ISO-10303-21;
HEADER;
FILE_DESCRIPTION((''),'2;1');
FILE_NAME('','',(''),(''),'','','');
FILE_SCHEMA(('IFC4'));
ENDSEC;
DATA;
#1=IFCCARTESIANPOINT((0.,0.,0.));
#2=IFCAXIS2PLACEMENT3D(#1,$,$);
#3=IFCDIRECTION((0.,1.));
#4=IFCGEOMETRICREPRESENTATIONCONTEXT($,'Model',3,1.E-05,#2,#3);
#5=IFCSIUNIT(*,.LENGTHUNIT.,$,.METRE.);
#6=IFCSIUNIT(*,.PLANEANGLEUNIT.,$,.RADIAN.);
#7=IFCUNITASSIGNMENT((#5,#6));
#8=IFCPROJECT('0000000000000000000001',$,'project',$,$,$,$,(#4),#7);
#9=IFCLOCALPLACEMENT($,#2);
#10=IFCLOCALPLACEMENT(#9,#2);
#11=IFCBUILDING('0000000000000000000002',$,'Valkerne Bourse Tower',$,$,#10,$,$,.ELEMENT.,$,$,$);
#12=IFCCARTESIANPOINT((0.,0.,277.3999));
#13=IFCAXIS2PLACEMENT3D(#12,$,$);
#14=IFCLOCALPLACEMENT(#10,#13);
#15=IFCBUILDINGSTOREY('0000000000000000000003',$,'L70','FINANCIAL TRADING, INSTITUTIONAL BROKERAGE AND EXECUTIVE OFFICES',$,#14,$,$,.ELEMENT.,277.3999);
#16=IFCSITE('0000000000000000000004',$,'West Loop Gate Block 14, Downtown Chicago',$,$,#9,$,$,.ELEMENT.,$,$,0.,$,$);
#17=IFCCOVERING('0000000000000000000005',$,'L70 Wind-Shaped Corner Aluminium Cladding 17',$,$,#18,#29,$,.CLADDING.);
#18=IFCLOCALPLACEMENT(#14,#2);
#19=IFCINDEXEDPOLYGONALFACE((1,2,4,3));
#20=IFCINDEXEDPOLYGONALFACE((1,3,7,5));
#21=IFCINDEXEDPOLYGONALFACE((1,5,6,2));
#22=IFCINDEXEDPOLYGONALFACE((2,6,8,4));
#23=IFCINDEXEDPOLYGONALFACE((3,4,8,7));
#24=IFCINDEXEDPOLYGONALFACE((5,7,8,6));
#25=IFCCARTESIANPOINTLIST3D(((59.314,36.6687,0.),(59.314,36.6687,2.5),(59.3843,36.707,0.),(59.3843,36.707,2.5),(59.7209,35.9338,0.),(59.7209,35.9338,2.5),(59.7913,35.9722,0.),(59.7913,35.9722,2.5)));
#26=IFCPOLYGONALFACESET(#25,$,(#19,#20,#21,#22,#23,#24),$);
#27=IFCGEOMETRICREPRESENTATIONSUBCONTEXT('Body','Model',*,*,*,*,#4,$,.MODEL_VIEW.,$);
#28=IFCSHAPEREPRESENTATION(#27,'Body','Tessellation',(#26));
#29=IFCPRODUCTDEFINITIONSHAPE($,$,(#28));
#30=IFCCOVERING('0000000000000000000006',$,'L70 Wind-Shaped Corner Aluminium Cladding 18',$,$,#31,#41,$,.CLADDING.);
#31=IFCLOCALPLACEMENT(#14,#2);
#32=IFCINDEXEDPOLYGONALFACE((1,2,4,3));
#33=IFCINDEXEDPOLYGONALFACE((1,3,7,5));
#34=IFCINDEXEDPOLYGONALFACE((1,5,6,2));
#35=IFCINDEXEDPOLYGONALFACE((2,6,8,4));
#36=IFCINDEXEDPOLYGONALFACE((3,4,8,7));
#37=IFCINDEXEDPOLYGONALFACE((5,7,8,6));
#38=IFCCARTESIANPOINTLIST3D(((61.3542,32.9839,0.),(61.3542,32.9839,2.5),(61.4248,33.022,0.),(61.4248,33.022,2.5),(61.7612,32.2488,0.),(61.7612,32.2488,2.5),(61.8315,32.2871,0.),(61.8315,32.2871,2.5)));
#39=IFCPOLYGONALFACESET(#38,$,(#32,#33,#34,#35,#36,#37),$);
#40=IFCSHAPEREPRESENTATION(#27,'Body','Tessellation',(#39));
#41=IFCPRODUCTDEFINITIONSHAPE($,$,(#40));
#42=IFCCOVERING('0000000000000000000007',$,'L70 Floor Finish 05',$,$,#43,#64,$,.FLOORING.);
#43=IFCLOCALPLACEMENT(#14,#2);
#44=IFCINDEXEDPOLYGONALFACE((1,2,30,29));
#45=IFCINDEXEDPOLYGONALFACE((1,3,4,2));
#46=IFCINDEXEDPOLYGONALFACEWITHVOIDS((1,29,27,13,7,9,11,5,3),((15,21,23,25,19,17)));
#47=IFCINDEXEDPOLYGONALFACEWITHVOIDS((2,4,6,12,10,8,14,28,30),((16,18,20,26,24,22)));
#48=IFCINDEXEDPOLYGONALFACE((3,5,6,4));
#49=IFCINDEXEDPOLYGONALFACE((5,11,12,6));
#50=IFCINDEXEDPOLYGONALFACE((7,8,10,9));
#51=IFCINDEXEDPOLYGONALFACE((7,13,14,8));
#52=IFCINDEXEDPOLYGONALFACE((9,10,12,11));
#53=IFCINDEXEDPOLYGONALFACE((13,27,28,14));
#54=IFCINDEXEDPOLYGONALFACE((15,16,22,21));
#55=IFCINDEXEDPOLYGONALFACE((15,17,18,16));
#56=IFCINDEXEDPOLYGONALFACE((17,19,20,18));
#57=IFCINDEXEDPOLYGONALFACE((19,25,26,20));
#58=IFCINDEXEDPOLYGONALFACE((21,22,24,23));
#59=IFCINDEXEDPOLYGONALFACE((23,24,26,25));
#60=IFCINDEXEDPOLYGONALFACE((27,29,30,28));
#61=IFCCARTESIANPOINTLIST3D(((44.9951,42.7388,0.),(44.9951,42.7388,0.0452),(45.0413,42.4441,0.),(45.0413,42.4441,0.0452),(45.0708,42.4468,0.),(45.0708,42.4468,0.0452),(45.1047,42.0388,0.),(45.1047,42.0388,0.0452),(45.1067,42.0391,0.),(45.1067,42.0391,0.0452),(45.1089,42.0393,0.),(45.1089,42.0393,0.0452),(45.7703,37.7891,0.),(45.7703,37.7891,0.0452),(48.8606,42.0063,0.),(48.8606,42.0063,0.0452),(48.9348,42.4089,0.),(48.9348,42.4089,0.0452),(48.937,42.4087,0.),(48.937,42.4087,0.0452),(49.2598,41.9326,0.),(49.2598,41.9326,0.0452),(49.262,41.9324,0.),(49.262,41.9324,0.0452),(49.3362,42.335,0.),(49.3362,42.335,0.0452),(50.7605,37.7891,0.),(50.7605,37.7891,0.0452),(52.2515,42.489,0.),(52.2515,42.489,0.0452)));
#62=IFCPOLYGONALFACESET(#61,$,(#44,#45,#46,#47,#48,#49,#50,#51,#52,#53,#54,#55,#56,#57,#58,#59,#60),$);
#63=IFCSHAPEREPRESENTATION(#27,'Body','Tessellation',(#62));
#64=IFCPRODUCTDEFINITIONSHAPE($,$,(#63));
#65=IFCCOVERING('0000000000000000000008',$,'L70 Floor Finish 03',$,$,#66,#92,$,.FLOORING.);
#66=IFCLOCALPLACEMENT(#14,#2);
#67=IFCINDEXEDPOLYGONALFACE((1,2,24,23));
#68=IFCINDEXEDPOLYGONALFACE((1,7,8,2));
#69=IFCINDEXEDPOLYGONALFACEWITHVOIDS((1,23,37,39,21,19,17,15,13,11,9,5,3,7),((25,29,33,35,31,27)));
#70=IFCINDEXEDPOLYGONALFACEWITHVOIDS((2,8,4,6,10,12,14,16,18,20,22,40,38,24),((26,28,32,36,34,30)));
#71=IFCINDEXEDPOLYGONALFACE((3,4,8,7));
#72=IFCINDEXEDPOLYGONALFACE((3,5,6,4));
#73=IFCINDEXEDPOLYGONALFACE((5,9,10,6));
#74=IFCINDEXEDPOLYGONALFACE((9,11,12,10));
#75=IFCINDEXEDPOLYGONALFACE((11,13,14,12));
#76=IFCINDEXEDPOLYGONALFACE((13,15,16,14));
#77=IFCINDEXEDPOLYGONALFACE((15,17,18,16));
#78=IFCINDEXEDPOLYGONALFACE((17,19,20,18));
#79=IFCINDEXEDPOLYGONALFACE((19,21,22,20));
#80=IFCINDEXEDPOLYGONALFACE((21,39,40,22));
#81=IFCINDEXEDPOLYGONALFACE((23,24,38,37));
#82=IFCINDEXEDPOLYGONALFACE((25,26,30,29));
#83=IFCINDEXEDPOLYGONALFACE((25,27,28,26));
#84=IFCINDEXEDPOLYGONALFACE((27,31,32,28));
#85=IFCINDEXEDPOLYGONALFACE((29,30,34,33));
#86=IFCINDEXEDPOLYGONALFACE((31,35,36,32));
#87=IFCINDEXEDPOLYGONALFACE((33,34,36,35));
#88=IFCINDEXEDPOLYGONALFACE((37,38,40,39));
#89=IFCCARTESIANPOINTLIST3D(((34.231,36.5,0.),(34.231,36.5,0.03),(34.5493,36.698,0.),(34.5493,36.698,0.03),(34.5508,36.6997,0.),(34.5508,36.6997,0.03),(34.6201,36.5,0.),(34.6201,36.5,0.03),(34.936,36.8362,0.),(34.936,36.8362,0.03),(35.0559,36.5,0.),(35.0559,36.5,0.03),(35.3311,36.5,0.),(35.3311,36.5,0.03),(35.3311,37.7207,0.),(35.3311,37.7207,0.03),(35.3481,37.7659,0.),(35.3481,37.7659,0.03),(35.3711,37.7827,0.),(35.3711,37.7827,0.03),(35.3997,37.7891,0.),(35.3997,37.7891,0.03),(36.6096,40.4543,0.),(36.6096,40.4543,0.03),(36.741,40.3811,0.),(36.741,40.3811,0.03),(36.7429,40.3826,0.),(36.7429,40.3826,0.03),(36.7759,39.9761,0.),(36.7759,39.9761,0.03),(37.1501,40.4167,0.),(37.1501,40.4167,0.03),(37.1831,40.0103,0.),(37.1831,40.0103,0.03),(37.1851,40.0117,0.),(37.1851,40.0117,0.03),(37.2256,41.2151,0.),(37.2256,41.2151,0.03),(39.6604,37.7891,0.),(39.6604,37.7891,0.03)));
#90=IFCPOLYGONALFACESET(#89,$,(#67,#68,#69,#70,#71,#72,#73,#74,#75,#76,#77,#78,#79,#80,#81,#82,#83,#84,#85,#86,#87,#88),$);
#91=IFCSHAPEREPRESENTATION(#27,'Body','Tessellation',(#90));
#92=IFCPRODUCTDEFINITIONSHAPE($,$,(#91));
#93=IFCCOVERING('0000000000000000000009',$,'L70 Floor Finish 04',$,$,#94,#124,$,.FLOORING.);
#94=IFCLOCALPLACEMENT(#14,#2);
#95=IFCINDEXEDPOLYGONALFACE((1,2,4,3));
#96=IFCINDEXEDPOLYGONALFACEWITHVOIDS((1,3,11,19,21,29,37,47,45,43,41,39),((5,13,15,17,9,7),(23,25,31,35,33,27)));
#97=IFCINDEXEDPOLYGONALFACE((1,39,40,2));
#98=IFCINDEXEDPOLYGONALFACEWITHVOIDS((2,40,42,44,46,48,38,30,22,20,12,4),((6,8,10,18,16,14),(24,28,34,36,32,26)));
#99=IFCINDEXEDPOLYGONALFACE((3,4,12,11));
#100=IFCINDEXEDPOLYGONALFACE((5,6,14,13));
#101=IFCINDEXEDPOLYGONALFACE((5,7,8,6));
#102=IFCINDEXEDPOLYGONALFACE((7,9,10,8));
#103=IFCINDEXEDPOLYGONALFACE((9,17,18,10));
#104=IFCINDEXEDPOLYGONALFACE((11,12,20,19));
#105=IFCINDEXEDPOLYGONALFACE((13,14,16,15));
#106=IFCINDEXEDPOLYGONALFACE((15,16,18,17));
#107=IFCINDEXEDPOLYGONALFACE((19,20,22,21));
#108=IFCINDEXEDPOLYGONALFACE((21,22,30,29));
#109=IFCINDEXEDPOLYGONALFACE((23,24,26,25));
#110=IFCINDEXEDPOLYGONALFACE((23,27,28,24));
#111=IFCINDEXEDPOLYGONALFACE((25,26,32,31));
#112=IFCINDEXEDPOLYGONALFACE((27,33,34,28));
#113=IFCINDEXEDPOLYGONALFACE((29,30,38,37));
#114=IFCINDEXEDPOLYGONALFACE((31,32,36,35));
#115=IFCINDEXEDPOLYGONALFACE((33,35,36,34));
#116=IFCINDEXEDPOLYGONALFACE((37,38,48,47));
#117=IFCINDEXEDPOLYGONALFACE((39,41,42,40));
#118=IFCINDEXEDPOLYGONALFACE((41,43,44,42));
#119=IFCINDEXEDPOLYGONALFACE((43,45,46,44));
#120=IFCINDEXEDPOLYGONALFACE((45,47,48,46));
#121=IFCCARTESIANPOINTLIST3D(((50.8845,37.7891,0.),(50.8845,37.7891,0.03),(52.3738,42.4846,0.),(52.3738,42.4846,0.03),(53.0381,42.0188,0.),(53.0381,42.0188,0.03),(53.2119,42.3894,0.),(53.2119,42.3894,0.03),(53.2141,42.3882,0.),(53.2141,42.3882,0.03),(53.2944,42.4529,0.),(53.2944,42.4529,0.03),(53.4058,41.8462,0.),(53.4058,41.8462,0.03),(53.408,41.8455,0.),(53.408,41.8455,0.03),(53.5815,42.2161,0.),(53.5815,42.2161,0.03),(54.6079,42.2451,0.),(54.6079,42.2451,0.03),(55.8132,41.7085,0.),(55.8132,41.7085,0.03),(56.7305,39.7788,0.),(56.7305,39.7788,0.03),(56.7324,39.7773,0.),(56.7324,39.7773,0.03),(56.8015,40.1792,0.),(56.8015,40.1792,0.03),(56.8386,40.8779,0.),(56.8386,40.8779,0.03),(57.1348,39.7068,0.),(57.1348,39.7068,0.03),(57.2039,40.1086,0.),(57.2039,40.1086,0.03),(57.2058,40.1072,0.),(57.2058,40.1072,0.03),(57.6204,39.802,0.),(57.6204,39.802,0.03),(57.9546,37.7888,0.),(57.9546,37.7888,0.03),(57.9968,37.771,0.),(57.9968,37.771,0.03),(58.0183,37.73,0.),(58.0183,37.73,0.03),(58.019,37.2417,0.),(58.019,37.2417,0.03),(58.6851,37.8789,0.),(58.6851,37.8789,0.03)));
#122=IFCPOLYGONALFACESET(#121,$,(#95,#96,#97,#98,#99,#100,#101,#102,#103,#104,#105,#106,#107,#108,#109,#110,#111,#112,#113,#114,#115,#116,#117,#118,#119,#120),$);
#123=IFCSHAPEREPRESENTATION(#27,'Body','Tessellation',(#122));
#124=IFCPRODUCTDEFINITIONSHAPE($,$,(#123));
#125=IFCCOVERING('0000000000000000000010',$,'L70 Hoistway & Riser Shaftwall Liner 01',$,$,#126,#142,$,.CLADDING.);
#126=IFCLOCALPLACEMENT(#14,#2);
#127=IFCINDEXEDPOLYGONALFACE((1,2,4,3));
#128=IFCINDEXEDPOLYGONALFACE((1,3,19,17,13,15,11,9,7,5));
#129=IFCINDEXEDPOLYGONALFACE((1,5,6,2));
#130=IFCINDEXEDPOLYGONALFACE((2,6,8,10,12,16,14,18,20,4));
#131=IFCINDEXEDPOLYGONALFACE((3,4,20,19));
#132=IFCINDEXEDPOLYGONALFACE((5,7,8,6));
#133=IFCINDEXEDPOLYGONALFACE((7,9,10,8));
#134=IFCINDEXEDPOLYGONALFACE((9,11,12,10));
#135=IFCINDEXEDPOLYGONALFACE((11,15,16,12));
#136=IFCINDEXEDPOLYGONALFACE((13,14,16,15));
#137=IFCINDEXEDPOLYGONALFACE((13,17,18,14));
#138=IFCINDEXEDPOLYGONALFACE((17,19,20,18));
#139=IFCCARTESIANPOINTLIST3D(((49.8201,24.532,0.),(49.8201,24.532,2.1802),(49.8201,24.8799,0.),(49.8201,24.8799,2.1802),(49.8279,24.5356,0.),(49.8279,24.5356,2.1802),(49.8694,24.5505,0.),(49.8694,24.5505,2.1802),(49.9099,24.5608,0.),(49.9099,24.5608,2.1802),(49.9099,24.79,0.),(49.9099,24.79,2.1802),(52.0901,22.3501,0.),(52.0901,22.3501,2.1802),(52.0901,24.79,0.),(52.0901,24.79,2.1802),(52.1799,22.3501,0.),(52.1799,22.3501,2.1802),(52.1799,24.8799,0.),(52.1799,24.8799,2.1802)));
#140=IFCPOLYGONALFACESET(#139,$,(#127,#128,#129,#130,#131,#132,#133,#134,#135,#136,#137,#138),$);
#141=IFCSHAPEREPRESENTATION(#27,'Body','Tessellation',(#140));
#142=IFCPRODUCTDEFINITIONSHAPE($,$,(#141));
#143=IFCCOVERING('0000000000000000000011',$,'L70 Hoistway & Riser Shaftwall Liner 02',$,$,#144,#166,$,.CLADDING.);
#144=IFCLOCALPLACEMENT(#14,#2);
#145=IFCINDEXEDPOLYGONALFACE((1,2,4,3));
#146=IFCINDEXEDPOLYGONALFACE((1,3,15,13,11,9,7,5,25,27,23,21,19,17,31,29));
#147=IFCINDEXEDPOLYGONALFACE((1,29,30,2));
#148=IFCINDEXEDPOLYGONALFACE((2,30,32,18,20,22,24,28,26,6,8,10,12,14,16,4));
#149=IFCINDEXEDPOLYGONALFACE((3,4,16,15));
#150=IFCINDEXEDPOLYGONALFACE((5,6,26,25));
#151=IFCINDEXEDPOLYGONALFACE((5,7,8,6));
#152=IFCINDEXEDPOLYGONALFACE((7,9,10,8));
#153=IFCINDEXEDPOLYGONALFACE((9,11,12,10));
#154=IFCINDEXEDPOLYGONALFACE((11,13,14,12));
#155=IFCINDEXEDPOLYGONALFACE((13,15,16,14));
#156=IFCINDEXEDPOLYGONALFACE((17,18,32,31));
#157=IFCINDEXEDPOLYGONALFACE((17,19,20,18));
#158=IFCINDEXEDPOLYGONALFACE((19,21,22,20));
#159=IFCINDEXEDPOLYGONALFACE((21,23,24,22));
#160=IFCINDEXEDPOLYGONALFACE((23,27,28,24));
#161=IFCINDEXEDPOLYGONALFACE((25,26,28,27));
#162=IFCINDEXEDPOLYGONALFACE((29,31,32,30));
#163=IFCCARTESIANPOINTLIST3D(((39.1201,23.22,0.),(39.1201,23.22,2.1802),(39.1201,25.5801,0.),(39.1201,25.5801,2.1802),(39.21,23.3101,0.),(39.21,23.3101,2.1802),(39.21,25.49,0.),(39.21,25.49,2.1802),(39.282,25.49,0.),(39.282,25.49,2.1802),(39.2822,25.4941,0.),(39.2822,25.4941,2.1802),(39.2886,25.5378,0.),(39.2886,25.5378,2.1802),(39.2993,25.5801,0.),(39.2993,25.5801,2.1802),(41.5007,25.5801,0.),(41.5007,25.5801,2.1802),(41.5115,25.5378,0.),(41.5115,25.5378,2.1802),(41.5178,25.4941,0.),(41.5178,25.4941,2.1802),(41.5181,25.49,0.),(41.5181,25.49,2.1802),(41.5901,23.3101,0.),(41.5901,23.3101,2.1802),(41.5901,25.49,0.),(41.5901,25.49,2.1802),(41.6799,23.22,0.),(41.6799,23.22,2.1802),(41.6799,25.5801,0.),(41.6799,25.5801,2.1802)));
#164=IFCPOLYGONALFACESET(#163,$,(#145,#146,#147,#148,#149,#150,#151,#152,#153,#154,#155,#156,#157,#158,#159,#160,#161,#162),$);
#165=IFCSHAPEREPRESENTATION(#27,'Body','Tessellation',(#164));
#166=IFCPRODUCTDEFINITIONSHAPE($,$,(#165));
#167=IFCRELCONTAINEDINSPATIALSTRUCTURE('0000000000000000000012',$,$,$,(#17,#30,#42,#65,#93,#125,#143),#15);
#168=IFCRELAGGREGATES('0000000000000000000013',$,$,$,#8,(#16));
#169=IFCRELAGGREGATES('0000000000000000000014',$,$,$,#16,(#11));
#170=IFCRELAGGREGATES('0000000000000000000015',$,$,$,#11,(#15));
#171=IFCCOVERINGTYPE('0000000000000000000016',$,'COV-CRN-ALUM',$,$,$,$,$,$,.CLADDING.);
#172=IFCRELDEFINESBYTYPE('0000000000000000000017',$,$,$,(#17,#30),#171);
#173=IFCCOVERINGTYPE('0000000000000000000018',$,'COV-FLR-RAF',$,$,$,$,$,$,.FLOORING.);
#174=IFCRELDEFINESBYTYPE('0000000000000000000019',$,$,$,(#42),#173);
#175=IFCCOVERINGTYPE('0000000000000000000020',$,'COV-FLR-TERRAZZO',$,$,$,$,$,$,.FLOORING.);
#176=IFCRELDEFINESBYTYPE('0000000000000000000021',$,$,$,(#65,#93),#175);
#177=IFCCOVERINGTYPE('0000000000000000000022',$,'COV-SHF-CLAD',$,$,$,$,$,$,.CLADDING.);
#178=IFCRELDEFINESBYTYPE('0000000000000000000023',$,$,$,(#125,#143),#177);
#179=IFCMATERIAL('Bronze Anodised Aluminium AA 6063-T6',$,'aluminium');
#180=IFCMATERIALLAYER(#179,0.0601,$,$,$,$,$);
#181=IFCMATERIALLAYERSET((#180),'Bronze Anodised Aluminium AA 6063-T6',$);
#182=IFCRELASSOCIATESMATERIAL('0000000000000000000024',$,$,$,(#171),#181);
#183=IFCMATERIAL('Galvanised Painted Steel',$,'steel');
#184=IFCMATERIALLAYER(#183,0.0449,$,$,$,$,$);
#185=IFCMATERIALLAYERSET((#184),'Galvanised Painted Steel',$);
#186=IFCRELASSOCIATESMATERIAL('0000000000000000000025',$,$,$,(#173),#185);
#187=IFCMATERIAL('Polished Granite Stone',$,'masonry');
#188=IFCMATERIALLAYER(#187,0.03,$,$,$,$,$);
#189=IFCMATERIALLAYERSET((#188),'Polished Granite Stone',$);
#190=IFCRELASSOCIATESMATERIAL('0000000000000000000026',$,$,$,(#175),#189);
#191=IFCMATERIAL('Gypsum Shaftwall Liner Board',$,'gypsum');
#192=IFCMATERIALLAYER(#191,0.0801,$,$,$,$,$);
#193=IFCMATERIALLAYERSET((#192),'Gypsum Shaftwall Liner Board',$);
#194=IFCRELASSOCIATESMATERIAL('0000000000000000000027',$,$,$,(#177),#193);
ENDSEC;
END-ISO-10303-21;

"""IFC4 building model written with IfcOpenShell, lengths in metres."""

from ifc_helpers import new_model, si_unit, direction, frame, origin, place, context, subcontext, project, spatial, polyline, outline, extrude, material, layer, layer_set, type_object, element, save


model = new_model("IFC4")

# Units and contexts
model_context = context("Model", 3, precision=1e-05, world=origin(), true_north=direction((0.0, 1.0)))
body_context = subcontext(model_context, "Body", "Model", "MODEL_VIEW")
ifc_project = project(units=[si_unit("LENGTHUNIT", "METRE"), si_unit("PLANEANGLEUNIT", "RADIAN")], contexts=[model_context])

# Site, building, storey
site_placement = place(None, origin())
site = spatial("IfcSite", under=ifc_project, at=site_placement, Name="West Loop Gate Block 14, Downtown Chicago", CompositionType="ELEMENT", RefElevation=0.0)
building_placement = place(site_placement, origin())
building = spatial("IfcBuilding", under=site, at=building_placement, Name="Valkerne Bourse Tower", CompositionType="ELEMENT")
storey_placement = place(building_placement, frame((0.0, 0.0, 277.3999)))
storey = spatial("IfcBuildingStorey", under=building, at=storey_placement, Name="L70", Description="FINANCIAL TRADING, INSTITUTIONAL BROKERAGE AND EXECUTIVE OFFICES", CompositionType="ELEMENT", Elevation=277.3999)

# Coverings
ifc_material_1 = material(Name="Bronze Anodised Aluminium AA 6063-T6", Category="aluminium")
ifc_layer_1 = layer(ifc_material_1, 0.0601)
ifc_layer_set_1 = layer_set([ifc_layer_1], Name="Bronze Anodised Aluminium AA 6063-T6")
covering_type_1 = type_object("IfcCoveringType", Name="COV-CRN-ALUM", PredefinedType="CLADDING", material=ifc_layer_set_1)
covering_1_placement = place(storey_placement, origin())
element("IfcCovering", 1, at=covering_1_placement, inside=storey, type_object=covering_type_1, Name="L70 Wind-Shaped Corner Aluminium Cladding 17", PredefinedType="CLADDING", context=body_context, shape_type="SweptSolid", body=[
    extrude(outline(polyline([(59.7913, 35.9722), (59.7209, 35.9338), (59.314, 36.6687), (59.3843, 36.707), (59.7913, 35.9722)])), origin(), (0.0, 0.0, 1.0), 2.5),
])
covering_2_placement = place(storey_placement, origin())
element("IfcCovering", 2, at=covering_2_placement, inside=storey, type_object=covering_type_1, Name="L70 Wind-Shaped Corner Aluminium Cladding 18", PredefinedType="CLADDING", context=body_context, shape_type="SweptSolid", body=[
    extrude(outline(polyline([(61.8315, 32.2871), (61.7612, 32.2488), (61.3542, 32.9839), (61.4248, 33.022), (61.8315, 32.2871)])), origin(), (0.0, 0.0, 1.0), 2.5),
])
ifc_material_2 = material(Name="Galvanised Painted Steel", Category="steel")
ifc_layer_2 = layer(ifc_material_2, 0.0449)
ifc_layer_set_2 = layer_set([ifc_layer_2], Name="Galvanised Painted Steel")
covering_type_2 = type_object("IfcCoveringType", Name="COV-FLR-RAF", PredefinedType="FLOORING", material=ifc_layer_set_2)
covering_3_placement = place(storey_placement, origin())
element("IfcCovering", 3, at=covering_3_placement, inside=storey, type_object=covering_type_2, Name="L70 Floor Finish 05", PredefinedType="FLOORING", context=body_context, shape_type="SweptSolid", body=[
    extrude(outline(polyline([(45.7703, 37.7891), (45.1047, 42.0388), (45.1067, 42.0391), (45.1089, 42.0393), (45.0708, 42.4468), (45.0413, 42.4441), (44.9951, 42.7388), (52.2515, 42.489), (50.7605, 37.7891), (45.7703, 37.7891)]), holes=[polyline([(49.3362, 42.335), (48.937, 42.4087), (48.9348, 42.4089), (48.8606, 42.0063), (49.2598, 41.9326), (49.262, 41.9324), (49.3362, 42.335)])]), origin(), (0.0, 0.0, 1.0), 0.0452),
])
ifc_material_3 = material(Name="Polished Granite Stone", Category="masonry")
ifc_layer_3 = layer(ifc_material_3, 0.03)
ifc_layer_set_3 = layer_set([ifc_layer_3], Name="Polished Granite Stone")
covering_type_3 = type_object("IfcCoveringType", Name="COV-FLR-TERRAZZO", PredefinedType="FLOORING", material=ifc_layer_set_3)
covering_4_placement = place(storey_placement, origin())
element("IfcCovering", 4, at=covering_4_placement, inside=storey, type_object=covering_type_3, Name="L70 Floor Finish 03", PredefinedType="FLOORING", context=body_context, shape_type="SweptSolid", body=[
    extrude(outline(polyline([(39.6604, 37.7891), (35.3997, 37.7891), (35.3711, 37.7827), (35.3481, 37.7659), (35.3311, 37.7207), (35.3311, 36.5), (35.0559, 36.5), (34.936, 36.8362), (34.5508, 36.6997), (34.5493, 36.698), (34.6201, 36.5), (34.231, 36.5), (36.6096, 40.4543), (37.2256, 41.2151), (39.6604, 37.7891)]), holes=[polyline([(37.1831, 40.0103), (37.1851, 40.0117), (37.1501, 40.4167), (36.7429, 40.3826), (36.741, 40.3811), (36.7759, 39.9761), (37.1831, 40.0103)])]), origin(), (0.0, 0.0, 1.0), 0.03),
])
covering_5_placement = place(storey_placement, origin())
element("IfcCovering", 5, at=covering_5_placement, inside=storey, type_object=covering_type_3, Name="L70 Floor Finish 04", PredefinedType="FLOORING", context=body_context, shape_type="SweptSolid", body=[
    extrude(outline(polyline([(55.8132, 41.7085), (56.8386, 40.8779), (57.6204, 39.802), (58.6851, 37.8789), (58.019, 37.2417), (58.0183, 37.73), (57.9968, 37.771), (57.9546, 37.7888), (50.8845, 37.7891), (52.3738, 42.4846), (53.2944, 42.4529), (54.6079, 42.2451), (55.8132, 41.7085)]), holes=[polyline([(57.2039, 40.1086), (56.8015, 40.1792), (56.7305, 39.7788), (56.7324, 39.7773), (57.1348, 39.7068), (57.2058, 40.1072), (57.2039, 40.1086)]), polyline([(53.2141, 42.3882), (53.2119, 42.3894), (53.0381, 42.0188), (53.4058, 41.8462), (53.408, 41.8455), (53.5815, 42.2161), (53.2141, 42.3882)])]), origin(), (0.0, 0.0, 1.0), 0.03),
])
ifc_material_4 = material(Name="Gypsum Shaftwall Liner Board", Category="gypsum")
ifc_layer_4 = layer(ifc_material_4, 0.0801)
ifc_layer_set_4 = layer_set([ifc_layer_4], Name="Gypsum Shaftwall Liner Board")
covering_type_4 = type_object("IfcCoveringType", Name="COV-SHF-CLAD", PredefinedType="CLADDING", material=ifc_layer_set_4)
covering_6_placement = place(storey_placement, origin())
element("IfcCovering", 6, at=covering_6_placement, inside=storey, type_object=covering_type_4, Name="L70 Hoistway & Riser Shaftwall Liner 01", PredefinedType="CLADDING", context=body_context, shape_type="SweptSolid", body=[
    extrude(outline(polyline([(52.1799, 24.8799), (52.1799, 22.3501), (52.0901, 22.3501), (52.0901, 24.79), (49.9099, 24.79), (49.9099, 24.5608), (49.8694, 24.5505), (49.8279, 24.5356), (49.8201, 24.532), (49.8201, 24.8799), (52.1799, 24.8799)])), origin(), (0.0, 0.0, 1.0), 2.1802),
])
covering_7_placement = place(storey_placement, origin())
element("IfcCovering", 7, at=covering_7_placement, inside=storey, type_object=covering_type_4, Name="L70 Hoistway & Riser Shaftwall Liner 02", PredefinedType="CLADDING", context=body_context, shape_type="SweptSolid", body=[
    extrude(outline(polyline([(39.2993, 25.5801), (39.2886, 25.5378), (39.2822, 25.4941), (39.282, 25.49), (39.21, 25.49), (39.21, 23.3101), (41.5901, 23.3101), (41.5901, 25.49), (41.5181, 25.49), (41.5178, 25.4941), (41.5115, 25.5378), (41.5007, 25.5801), (41.6799, 25.5801), (41.6799, 23.22), (39.1201, 23.22), (39.1201, 25.5801), (39.2993, 25.5801)])), origin(), (0.0, 0.0, 1.0), 2.1802),
])

save(model, "model.ifc")
